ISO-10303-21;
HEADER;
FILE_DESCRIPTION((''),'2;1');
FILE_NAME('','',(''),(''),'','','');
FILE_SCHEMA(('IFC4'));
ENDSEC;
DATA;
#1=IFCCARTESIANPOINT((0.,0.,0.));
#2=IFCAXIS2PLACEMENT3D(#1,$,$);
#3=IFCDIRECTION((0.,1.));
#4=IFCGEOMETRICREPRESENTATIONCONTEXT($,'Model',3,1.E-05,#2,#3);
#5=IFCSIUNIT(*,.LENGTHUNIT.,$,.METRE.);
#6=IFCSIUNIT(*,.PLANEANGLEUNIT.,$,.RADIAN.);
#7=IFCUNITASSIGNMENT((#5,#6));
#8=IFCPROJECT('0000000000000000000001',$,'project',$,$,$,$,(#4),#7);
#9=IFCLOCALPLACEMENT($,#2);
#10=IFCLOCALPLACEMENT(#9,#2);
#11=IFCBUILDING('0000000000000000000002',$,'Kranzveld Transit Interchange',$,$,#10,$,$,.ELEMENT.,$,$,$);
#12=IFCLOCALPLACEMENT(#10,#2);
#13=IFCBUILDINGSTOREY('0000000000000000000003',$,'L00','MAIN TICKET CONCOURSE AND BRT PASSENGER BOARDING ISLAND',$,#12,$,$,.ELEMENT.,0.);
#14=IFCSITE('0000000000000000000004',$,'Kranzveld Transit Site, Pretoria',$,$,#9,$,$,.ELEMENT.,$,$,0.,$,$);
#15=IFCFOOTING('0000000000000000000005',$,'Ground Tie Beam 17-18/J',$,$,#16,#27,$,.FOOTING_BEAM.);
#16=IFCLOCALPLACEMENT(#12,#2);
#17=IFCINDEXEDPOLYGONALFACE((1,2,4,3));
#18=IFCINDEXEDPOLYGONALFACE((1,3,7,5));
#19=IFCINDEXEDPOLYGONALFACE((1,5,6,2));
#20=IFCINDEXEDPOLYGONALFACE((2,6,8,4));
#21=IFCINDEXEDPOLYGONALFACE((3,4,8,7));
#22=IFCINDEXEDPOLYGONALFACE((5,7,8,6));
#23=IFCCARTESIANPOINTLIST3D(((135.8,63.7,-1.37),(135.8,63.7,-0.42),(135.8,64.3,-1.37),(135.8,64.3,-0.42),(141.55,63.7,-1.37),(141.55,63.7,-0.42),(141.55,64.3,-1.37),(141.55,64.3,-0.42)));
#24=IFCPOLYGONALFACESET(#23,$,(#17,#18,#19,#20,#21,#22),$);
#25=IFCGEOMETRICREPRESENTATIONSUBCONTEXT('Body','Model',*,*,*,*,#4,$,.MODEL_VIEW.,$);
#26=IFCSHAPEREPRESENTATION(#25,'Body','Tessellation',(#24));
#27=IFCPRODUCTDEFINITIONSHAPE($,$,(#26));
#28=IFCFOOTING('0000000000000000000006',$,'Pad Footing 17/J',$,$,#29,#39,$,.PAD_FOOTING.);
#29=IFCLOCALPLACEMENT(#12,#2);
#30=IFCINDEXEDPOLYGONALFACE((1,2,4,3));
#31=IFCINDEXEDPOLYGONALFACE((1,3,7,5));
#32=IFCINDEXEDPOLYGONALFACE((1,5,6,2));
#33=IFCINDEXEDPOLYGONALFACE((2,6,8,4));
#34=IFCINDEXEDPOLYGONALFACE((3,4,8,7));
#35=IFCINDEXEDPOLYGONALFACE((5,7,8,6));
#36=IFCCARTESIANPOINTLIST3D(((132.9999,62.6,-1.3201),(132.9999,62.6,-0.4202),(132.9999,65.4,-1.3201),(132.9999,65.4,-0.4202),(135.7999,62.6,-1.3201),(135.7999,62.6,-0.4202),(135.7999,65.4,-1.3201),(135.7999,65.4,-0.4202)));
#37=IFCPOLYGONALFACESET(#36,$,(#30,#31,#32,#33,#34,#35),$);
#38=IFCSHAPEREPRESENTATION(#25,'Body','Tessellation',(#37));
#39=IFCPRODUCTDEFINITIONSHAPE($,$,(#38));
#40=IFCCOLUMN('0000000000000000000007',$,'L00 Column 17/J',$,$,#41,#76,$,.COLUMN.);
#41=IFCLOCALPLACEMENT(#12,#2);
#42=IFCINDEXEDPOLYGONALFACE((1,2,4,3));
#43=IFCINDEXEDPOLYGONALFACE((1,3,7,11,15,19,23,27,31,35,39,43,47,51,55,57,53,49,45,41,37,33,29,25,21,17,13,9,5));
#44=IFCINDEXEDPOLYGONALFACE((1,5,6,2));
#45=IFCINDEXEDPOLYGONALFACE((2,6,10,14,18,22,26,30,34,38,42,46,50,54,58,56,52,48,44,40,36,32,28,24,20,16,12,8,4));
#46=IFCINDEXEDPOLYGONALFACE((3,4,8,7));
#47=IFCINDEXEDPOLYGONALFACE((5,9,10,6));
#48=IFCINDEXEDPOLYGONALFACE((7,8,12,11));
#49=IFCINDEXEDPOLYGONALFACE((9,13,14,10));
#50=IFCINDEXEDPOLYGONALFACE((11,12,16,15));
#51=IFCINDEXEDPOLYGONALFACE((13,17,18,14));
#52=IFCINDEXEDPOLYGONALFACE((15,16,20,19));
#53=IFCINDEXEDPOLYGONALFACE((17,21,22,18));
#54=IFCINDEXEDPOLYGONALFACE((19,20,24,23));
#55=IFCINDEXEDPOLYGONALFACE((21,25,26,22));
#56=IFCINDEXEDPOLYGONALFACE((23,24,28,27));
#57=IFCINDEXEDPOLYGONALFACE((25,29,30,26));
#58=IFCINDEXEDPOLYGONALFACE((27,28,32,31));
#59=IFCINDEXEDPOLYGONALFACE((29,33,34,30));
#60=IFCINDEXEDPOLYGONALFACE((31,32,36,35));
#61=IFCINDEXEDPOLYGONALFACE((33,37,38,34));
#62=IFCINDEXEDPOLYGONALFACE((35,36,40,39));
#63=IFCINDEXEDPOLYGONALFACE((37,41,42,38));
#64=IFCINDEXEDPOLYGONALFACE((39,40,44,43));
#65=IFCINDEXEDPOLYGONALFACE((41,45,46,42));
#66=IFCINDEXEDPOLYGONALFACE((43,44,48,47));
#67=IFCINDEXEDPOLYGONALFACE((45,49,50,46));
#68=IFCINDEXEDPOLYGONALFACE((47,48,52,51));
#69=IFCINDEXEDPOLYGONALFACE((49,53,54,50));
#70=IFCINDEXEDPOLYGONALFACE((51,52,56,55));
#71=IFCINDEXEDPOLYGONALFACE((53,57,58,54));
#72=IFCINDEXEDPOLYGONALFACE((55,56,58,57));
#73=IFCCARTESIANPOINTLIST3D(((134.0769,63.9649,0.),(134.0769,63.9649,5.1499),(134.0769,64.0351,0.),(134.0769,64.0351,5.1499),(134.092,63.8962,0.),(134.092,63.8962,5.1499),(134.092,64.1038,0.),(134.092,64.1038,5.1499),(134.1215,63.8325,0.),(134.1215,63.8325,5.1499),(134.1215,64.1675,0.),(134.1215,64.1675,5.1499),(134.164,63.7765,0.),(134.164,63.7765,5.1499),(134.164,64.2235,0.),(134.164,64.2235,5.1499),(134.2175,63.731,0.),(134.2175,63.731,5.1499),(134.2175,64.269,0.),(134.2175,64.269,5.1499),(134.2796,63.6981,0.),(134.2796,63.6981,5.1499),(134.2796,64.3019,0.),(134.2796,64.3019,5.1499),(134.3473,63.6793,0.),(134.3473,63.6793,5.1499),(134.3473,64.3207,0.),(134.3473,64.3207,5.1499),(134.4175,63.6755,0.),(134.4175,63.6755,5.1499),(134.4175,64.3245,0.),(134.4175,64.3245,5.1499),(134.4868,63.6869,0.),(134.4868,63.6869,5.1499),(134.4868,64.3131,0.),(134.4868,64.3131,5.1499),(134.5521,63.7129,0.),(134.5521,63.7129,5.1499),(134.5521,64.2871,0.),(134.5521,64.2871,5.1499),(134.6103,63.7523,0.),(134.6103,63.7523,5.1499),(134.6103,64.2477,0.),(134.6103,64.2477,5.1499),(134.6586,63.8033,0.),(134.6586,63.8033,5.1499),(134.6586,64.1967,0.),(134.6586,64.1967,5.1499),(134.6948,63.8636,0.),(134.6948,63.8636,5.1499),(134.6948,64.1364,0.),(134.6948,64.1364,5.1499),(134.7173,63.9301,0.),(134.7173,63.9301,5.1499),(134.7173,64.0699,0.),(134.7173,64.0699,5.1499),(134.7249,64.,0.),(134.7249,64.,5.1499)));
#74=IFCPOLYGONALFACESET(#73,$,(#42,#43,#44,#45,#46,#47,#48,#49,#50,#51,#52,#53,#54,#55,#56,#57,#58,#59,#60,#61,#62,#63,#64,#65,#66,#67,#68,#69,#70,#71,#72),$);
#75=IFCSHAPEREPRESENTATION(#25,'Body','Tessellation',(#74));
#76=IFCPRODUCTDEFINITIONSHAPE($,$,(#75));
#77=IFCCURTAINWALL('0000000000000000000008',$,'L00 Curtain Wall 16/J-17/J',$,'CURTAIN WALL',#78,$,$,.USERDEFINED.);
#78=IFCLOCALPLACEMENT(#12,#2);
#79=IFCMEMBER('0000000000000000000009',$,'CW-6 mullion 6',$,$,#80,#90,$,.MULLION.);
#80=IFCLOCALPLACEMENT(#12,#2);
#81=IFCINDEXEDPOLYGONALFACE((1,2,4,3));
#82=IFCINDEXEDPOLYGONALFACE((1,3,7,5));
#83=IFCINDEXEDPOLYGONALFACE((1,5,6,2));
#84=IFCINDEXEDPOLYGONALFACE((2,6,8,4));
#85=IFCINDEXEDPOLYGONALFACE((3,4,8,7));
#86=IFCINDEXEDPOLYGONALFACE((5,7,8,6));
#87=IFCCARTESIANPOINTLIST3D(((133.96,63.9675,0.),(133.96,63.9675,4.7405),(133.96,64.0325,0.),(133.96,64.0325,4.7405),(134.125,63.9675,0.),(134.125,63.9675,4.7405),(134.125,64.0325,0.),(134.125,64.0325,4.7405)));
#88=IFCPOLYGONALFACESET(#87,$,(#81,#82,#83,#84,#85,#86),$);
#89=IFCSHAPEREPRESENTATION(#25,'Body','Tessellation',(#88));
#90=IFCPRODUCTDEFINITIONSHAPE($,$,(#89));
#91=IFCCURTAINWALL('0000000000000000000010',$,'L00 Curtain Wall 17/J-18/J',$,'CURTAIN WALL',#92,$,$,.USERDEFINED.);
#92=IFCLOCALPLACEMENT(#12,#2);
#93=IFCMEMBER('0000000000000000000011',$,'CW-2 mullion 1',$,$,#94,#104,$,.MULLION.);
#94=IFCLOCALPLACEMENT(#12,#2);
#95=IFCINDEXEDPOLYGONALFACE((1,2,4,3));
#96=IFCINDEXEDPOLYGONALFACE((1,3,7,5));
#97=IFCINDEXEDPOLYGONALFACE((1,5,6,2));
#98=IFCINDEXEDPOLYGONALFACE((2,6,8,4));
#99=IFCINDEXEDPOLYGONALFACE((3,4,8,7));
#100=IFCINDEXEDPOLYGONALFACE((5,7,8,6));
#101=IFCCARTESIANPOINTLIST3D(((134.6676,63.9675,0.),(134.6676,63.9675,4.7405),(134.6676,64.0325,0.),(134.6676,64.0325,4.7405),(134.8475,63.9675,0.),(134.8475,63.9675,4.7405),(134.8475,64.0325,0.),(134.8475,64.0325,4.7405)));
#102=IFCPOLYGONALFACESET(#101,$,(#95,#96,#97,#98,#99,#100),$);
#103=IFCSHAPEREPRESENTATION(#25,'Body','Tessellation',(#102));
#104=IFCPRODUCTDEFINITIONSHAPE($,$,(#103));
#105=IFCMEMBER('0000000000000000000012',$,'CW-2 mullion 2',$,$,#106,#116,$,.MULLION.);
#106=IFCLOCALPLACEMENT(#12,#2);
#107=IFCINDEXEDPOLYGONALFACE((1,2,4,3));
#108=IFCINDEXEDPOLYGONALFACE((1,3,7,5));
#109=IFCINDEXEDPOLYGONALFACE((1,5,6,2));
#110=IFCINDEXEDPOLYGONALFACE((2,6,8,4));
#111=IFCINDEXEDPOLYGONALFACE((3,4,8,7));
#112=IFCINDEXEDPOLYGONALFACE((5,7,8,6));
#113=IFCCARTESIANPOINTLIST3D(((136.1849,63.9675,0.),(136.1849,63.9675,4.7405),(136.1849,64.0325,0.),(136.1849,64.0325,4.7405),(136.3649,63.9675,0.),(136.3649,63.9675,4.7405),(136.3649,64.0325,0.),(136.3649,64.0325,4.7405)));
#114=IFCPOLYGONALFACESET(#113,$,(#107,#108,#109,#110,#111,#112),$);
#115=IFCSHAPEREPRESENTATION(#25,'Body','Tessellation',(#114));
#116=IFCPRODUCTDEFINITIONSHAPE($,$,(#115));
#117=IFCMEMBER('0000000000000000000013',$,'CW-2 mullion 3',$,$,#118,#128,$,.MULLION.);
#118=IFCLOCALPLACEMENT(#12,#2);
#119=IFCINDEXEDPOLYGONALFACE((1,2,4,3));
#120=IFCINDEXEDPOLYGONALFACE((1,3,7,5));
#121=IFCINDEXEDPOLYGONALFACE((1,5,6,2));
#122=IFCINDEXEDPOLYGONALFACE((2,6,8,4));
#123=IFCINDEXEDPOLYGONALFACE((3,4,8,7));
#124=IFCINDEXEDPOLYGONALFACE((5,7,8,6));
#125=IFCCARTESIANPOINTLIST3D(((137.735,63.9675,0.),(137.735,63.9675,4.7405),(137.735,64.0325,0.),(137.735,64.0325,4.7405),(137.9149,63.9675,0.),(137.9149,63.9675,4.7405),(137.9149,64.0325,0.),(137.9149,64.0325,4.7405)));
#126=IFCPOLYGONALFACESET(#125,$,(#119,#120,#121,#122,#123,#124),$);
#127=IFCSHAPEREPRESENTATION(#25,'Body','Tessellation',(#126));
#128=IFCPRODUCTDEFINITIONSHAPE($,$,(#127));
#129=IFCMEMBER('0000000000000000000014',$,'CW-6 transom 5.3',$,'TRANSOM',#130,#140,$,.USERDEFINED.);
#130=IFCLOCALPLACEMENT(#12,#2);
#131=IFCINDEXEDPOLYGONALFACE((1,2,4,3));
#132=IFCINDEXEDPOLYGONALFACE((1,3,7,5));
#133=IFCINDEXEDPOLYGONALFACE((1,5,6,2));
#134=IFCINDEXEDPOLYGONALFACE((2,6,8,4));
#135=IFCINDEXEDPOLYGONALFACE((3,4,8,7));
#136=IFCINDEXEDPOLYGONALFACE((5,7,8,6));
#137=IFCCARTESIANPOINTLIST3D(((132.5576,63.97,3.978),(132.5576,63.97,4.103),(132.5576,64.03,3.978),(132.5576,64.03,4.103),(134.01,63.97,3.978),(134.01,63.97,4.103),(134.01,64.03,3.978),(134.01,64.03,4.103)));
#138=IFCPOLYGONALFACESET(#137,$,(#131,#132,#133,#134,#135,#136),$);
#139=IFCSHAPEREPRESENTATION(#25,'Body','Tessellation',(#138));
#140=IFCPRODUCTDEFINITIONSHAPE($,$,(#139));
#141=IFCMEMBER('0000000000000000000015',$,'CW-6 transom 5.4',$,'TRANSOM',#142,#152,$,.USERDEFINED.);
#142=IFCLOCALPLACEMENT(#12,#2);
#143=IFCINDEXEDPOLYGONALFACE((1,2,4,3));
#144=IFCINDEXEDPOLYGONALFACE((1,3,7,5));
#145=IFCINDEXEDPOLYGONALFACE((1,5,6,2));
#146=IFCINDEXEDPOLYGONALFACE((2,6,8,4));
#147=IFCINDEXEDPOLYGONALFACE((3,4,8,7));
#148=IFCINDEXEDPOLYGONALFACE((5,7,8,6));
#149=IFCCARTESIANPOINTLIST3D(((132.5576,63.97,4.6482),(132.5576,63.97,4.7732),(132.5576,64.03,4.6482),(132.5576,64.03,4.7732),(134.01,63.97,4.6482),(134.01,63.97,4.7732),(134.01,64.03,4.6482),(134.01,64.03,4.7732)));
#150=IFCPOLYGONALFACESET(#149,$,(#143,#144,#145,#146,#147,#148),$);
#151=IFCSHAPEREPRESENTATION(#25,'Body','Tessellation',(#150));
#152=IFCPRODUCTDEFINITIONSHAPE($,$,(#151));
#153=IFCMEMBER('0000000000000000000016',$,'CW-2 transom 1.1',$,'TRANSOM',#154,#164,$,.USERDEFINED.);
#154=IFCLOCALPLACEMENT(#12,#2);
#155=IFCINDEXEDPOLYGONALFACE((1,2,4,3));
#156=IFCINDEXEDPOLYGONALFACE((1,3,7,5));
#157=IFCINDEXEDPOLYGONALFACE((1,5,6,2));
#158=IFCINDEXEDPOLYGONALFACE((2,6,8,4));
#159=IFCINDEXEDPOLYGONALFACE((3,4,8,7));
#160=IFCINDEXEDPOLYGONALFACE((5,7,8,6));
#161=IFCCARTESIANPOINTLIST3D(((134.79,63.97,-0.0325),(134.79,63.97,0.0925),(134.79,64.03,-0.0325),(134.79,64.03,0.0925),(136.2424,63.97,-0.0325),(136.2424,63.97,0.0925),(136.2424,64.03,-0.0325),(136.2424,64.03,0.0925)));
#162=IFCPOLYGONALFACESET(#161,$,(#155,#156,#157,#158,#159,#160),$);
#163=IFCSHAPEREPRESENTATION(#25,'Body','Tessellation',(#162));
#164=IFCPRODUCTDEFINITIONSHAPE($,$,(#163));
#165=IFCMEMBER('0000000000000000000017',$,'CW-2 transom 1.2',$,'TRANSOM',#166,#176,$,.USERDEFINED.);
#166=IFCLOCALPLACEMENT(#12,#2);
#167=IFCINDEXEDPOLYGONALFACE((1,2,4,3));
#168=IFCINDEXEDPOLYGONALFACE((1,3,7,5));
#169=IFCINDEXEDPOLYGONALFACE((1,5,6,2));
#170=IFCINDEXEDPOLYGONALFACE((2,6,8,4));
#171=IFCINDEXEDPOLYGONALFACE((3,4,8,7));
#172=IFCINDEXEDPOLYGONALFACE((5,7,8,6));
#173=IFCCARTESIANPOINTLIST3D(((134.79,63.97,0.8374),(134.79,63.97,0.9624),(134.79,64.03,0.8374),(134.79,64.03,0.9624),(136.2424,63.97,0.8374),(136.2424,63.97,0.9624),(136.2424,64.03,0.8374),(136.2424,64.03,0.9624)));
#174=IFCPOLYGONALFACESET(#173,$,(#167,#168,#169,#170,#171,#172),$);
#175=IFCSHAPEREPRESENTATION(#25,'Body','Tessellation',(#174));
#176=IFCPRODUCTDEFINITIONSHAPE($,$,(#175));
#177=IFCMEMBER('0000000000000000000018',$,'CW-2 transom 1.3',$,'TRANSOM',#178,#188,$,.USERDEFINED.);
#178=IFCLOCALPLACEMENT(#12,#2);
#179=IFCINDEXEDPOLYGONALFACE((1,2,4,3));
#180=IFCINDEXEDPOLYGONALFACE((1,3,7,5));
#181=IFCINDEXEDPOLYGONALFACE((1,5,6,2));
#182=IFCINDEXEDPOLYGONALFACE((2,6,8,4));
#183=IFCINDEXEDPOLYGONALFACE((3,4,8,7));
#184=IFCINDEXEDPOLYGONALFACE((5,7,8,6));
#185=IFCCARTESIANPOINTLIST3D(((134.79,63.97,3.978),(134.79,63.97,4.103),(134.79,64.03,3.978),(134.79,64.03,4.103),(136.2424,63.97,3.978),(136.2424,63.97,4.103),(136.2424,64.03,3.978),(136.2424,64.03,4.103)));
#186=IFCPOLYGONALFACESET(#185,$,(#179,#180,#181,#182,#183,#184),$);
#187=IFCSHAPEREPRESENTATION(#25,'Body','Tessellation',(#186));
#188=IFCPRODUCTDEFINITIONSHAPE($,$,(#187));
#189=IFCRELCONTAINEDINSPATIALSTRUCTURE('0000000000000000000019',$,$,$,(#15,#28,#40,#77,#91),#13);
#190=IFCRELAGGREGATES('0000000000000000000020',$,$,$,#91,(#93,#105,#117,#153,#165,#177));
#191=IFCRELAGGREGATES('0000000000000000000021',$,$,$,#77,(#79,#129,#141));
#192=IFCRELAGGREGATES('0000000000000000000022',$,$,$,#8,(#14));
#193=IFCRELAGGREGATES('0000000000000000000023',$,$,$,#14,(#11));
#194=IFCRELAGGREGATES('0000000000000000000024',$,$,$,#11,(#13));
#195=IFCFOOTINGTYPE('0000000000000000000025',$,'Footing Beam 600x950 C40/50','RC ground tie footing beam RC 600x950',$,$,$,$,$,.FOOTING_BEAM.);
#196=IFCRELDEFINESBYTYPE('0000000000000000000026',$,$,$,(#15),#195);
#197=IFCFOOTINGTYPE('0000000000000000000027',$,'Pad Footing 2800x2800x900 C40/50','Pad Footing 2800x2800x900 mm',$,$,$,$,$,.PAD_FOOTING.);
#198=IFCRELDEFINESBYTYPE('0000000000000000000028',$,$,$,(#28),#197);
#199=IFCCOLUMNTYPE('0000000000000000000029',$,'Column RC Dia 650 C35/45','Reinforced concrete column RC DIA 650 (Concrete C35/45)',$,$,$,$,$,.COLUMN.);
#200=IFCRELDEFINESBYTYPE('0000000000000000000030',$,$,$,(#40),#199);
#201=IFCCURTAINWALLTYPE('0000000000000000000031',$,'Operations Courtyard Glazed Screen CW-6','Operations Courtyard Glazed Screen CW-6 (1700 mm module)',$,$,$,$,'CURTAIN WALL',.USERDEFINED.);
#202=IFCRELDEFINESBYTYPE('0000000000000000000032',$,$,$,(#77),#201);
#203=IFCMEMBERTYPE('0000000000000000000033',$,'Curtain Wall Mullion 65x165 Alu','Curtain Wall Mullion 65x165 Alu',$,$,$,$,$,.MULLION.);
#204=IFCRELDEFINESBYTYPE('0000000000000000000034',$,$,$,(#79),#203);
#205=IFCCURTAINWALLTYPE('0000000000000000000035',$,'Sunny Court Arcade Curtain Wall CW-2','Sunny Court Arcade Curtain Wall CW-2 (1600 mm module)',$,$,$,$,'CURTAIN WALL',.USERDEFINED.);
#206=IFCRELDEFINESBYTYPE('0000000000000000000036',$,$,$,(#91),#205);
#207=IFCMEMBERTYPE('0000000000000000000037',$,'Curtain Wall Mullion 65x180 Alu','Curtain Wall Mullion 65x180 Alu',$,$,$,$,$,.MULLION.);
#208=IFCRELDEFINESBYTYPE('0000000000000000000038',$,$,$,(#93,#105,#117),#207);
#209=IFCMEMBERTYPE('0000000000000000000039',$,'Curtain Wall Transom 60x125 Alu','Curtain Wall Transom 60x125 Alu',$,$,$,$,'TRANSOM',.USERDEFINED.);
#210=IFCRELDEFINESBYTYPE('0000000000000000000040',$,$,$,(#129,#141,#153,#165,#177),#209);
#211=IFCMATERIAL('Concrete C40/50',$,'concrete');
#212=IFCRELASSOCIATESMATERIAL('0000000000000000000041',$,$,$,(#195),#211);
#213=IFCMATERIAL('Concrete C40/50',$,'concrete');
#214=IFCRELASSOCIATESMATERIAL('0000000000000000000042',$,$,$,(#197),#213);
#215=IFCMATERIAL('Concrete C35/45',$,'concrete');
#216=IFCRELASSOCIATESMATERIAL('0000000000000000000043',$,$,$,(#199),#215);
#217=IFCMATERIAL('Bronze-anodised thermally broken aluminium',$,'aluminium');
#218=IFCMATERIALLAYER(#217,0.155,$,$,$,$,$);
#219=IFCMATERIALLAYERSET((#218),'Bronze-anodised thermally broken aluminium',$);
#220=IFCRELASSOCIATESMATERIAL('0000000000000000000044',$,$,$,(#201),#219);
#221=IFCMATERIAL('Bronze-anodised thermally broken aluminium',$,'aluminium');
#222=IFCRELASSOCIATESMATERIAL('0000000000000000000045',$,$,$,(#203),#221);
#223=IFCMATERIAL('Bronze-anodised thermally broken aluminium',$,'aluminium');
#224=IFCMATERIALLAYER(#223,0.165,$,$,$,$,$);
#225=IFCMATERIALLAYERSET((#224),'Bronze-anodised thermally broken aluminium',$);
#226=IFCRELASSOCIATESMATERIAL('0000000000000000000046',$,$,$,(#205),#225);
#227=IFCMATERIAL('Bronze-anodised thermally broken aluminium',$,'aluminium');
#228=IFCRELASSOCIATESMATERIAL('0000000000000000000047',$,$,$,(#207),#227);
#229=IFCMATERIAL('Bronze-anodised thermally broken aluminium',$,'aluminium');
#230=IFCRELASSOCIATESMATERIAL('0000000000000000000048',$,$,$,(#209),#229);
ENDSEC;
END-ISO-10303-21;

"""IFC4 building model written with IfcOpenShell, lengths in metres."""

from ifc_helpers import new_model, si_unit, direction, frame, origin, origin_2d, place, context, subcontext, project, spatial, rectangle, circle, extrude, material, layer, layer_set, material_profile, profile_set, type_object, element, aggregate, save


model = new_model("IFC4")

# Units and contexts
model_context = context("Model", 3, precision=1e-05, world=origin(), true_north=direction((0.0, 1.0)))
body_context = subcontext(model_context, "Body", "Model", "MODEL_VIEW")
ifc_project = project(units=[si_unit("LENGTHUNIT", "METRE"), si_unit("PLANEANGLEUNIT", "RADIAN")], contexts=[model_context])

# Site, building, storey
site_placement = place(None, origin())
site = spatial("IfcSite", under=ifc_project, at=site_placement, Name="Kranzveld Transit Site, Pretoria", CompositionType="ELEMENT", RefElevation=0.0)
building_placement = place(site_placement, origin())
building = spatial("IfcBuilding", under=site, at=building_placement, Name="Kranzveld Transit Interchange", CompositionType="ELEMENT")
storey_placement = place(building_placement, origin())
storey = spatial("IfcBuildingStorey", under=building, at=storey_placement, Name="L00", Description="MAIN TICKET CONCOURSE AND BRT PASSENGER BOARDING ISLAND", CompositionType="ELEMENT", Elevation=0.0)

# Footings
ifc_material_1 = material(Name="Concrete C40/50", Category="concrete")
ifc_material_profile_1 = material_profile(ifc_material_1, rectangle(XDim=0.6001, YDim=0.95, at=origin_2d()), Name="RC 600x950")
ifc_profile_set_1 = profile_set([ifc_material_profile_1], Name="Concrete C40/50")
footing_type_1 = type_object("IfcFootingType", Name="Footing Beam 600x950 C40/50", Description="RC ground tie footing beam RC 600x950", PredefinedType="FOOTING_BEAM", material=ifc_profile_set_1)
footing_1_placement = place(storey_placement, frame((135.8, 64.0, -0.895), z_axis=(1.0, 0.0, 0.0), x_axis=(0.0, 1.0, 0.0)))
element("IfcFooting", 1, at=footing_1_placement, inside=storey, type_object=footing_type_1, Name="Ground Tie Beam 17-18/J", PredefinedType="FOOTING_BEAM", context=body_context, shape_type="SweptSolid", body=[
    extrude(rectangle(XDim=0.6001, YDim=0.95, at=origin_2d()), origin(), (0.0, 0.0, 1.0), 5.75),
])
ifc_material_2 = material(Name="Concrete C40/50", Category="concrete")
footing_type_2 = type_object("IfcFootingType", Name="Pad Footing 2800x2800x900 C40/50", Description="Pad Footing 2800x2800x900 mm", PredefinedType="PAD_FOOTING", material=ifc_material_2)
footing_2_placement = place(storey_placement, frame((134.3999, 64.0, -1.3201), z_axis=(0.0, 0.0, 1.0), x_axis=(1.0, 0.0, 0.0)))
element("IfcFooting", 2, at=footing_2_placement, inside=storey, type_object=footing_type_2, Name="Pad Footing 17/J", PredefinedType="PAD_FOOTING", context=body_context, shape_type="SweptSolid", body=[
    extrude(rectangle(XDim=2.8, YDim=2.8, at=origin_2d()), origin(), (0.0, 0.0, 1.0), 0.8999),
])

# Column
ifc_material_3 = material(Name="Concrete C35/45", Category="concrete")
ifc_material_profile_2 = material_profile(ifc_material_3, circle(Radius=0.325, at=origin_2d()), Name="RC DIA 650")
ifc_profile_set_2 = profile_set([ifc_material_profile_2], Name="Concrete C35/45")
column_type = type_object("IfcColumnType", Name="Column RC Dia 650 C35/45", Description="Reinforced concrete column RC DIA 650 (Concrete C35/45)", PredefinedType="COLUMN", material=ifc_profile_set_2)
column_placement = place(storey_placement, frame((134.3999, 64.0, 0.0), z_axis=(0.0, 0.0, 1.0), x_axis=(1.0, 0.0, 0.0)))
element("IfcColumn", 3, at=column_placement, inside=storey, type_object=column_type, Name="L00 Column 17/J", PredefinedType="COLUMN", context=body_context, shape_type="SweptSolid", body=[
    extrude(circle(Radius=0.325, at=origin_2d()), origin(), (0.0, 0.0, 1.0), 5.1499),
])

# Curtain wall, member
ifc_material_4 = material(Name="Bronze-anodised thermally broken aluminium", Category="aluminium")
ifc_layer_1 = layer(ifc_material_4, 0.155)
ifc_layer_set_1 = layer_set([ifc_layer_1], Name="Bronze-anodised thermally broken aluminium")
curtain_wall_type_1 = type_object("IfcCurtainWallType", Name="Operations Courtyard Glazed Screen CW-6", Description="Operations Courtyard Glazed Screen CW-6 (1700 mm module)", ElementType="CURTAIN WALL", PredefinedType="USERDEFINED", material=ifc_layer_set_1)
curtain_wall_1_placement = place(storey_placement, origin())
curtain_wall_1 = element("IfcCurtainWall", 4, at=curtain_wall_1_placement, inside=storey, type_object=curtain_wall_type_1, Name="L00 Curtain Wall 16/J-17/J", ObjectType="CURTAIN WALL", PredefinedType="USERDEFINED")
ifc_material_5 = material(Name="Bronze-anodised thermally broken aluminium", Category="aluminium")
ifc_material_profile_3 = material_profile(ifc_material_5, rectangle(XDim=0.0649, YDim=0.165, at=origin_2d()), Name="ALU MULLION 65x165")
ifc_profile_set_3 = profile_set([ifc_material_profile_3], Name="Bronze-anodised thermally broken aluminium")
member_type_1 = type_object("IfcMemberType", Name="Curtain Wall Mullion 65x165 Alu", Description="Curtain Wall Mullion 65x165 Alu", PredefinedType="MULLION", material=ifc_profile_set_3)
member_1_placement = place(storey_placement, frame((134.0425, 64.0, 0.0), z_axis=(0.0, 0.0, 1.0), x_axis=(0.0, 1.0, 0.0)))
member_1 = element("IfcMember", 5, at=member_1_placement, type_object=member_type_1, Name="CW-6 mullion 6", PredefinedType="MULLION", context=body_context, shape_type="SweptSolid", body=[
    extrude(rectangle(XDim=0.0649, YDim=0.165, at=origin_2d()), origin(), (0.0, 0.0, 1.0), 4.7405),
])

# Curtain wall, members
ifc_material_6 = material(Name="Bronze-anodised thermally broken aluminium", Category="aluminium")
ifc_layer_2 = layer(ifc_material_6, 0.165)
ifc_layer_set_2 = layer_set([ifc_layer_2], Name="Bronze-anodised thermally broken aluminium")
curtain_wall_type_2 = type_object("IfcCurtainWallType", Name="Sunny Court Arcade Curtain Wall CW-2", Description="Sunny Court Arcade Curtain Wall CW-2 (1600 mm module)", ElementType="CURTAIN WALL", PredefinedType="USERDEFINED", material=ifc_layer_set_2)
curtain_wall_2_placement = place(storey_placement, origin())
curtain_wall_2 = element("IfcCurtainWall", 6, at=curtain_wall_2_placement, inside=storey, type_object=curtain_wall_type_2, Name="L00 Curtain Wall 17/J-18/J", ObjectType="CURTAIN WALL", PredefinedType="USERDEFINED")
ifc_material_7 = material(Name="Bronze-anodised thermally broken aluminium", Category="aluminium")
ifc_material_profile_4 = material_profile(ifc_material_7, rectangle(XDim=0.0649, YDim=0.1799, at=origin_2d()), Name="ALU MULLION 65x180")
ifc_profile_set_4 = profile_set([ifc_material_profile_4], Name="Bronze-anodised thermally broken aluminium")
member_type_2 = type_object("IfcMemberType", Name="Curtain Wall Mullion 65x180 Alu", Description="Curtain Wall Mullion 65x180 Alu", PredefinedType="MULLION", material=ifc_profile_set_4)
member_2_placement = place(storey_placement, frame((134.7576, 64.0, 0.0), z_axis=(0.0, 0.0, 1.0), x_axis=(0.0, 1.0, 0.0)))
member_2 = element("IfcMember", 7, at=member_2_placement, type_object=member_type_2, Name="CW-2 mullion 1", PredefinedType="MULLION", context=body_context, shape_type="SweptSolid", body=[
    extrude(rectangle(XDim=0.0649, YDim=0.1799, at=origin_2d()), origin(), (0.0, 0.0, 1.0), 4.7405),
])
member_3_placement = place(storey_placement, frame((136.2749, 64.0, 0.0), z_axis=(0.0, 0.0, 1.0), x_axis=(0.0, 1.0, 0.0)))
member_3 = element("IfcMember", 8, at=member_3_placement, type_object=member_type_2, Name="CW-2 mullion 2", PredefinedType="MULLION", context=body_context, shape_type="SweptSolid", body=[
    extrude(rectangle(XDim=0.0649, YDim=0.1799, at=origin_2d()), origin(), (0.0, 0.0, 1.0), 4.7405),
])
member_4_placement = place(storey_placement, frame((137.825, 64.0, 0.0), z_axis=(0.0, 0.0, 1.0), x_axis=(0.0, 1.0, 0.0)))
member_4 = element("IfcMember", 9, at=member_4_placement, type_object=member_type_2, Name="CW-2 mullion 3", PredefinedType="MULLION", context=body_context, shape_type="SweptSolid", body=[
    extrude(rectangle(XDim=0.0649, YDim=0.1799, at=origin_2d()), origin(), (0.0, 0.0, 1.0), 4.7405),
])

# Members
ifc_material_8 = material(Name="Bronze-anodised thermally broken aluminium", Category="aluminium")
ifc_material_profile_5 = material_profile(ifc_material_8, rectangle(XDim=0.0601, YDim=0.125, at=origin_2d()), Name="ALU TRANSOM 60x125")
ifc_profile_set_5 = profile_set([ifc_material_profile_5], Name="Bronze-anodised thermally broken aluminium")
member_type_3 = type_object("IfcMemberType", Name="Curtain Wall Transom 60x125 Alu", Description="Curtain Wall Transom 60x125 Alu", ElementType="TRANSOM", PredefinedType="USERDEFINED", material=ifc_profile_set_5)
member_5_placement = place(storey_placement, frame((132.5576, 64.0, 4.0405), z_axis=(1.0, 0.0, 0.0), x_axis=(0.0, 1.0, 0.0)))
member_5 = element("IfcMember", 10, at=member_5_placement, type_object=member_type_3, Name="CW-6 transom 5.3", ObjectType="TRANSOM", PredefinedType="USERDEFINED", context=body_context, shape_type="SweptSolid", body=[
    extrude(rectangle(XDim=0.0601, YDim=0.125, at=origin_2d()), origin(), (0.0, 0.0, 1.0), 1.4524),
])
member_6_placement = place(storey_placement, frame((132.5576, 64.0, 4.7107), z_axis=(1.0, 0.0, 0.0), x_axis=(0.0, 1.0, 0.0)))
member_6 = element("IfcMember", 11, at=member_6_placement, type_object=member_type_3, Name="CW-6 transom 5.4", ObjectType="TRANSOM", PredefinedType="USERDEFINED", context=body_context, shape_type="SweptSolid", body=[
    extrude(rectangle(XDim=0.0601, YDim=0.125, at=origin_2d()), origin(), (0.0, 0.0, 1.0), 1.4524),
])
member_7_placement = place(storey_placement, frame((134.79, 64.0, 0.03), z_axis=(1.0, 0.0, 0.0), x_axis=(0.0, 1.0, 0.0)))
member_7 = element("IfcMember", 12, at=member_7_placement, type_object=member_type_3, Name="CW-2 transom 1.1", ObjectType="TRANSOM", PredefinedType="USERDEFINED", context=body_context, shape_type="SweptSolid", body=[
    extrude(rectangle(XDim=0.0601, YDim=0.125, at=origin_2d()), origin(), (0.0, 0.0, 1.0), 1.4524),
])
member_8_placement = place(storey_placement, frame((134.79, 64.0, 0.8999), z_axis=(1.0, 0.0, 0.0), x_axis=(0.0, 1.0, 0.0)))
member_8 = element("IfcMember", 13, at=member_8_placement, type_object=member_type_3, Name="CW-2 transom 1.2", ObjectType="TRANSOM", PredefinedType="USERDEFINED", context=body_context, shape_type="SweptSolid", body=[
    extrude(rectangle(XDim=0.0601, YDim=0.125, at=origin_2d()), origin(), (0.0, 0.0, 1.0), 1.4524),
])
member_9_placement = place(storey_placement, frame((134.79, 64.0, 4.0405), z_axis=(1.0, 0.0, 0.0), x_axis=(0.0, 1.0, 0.0)))
member_9 = element("IfcMember", 14, at=member_9_placement, type_object=member_type_3, Name="CW-2 transom 1.3", ObjectType="TRANSOM", PredefinedType="USERDEFINED", context=body_context, shape_type="SweptSolid", body=[
    extrude(rectangle(XDim=0.0601, YDim=0.125, at=origin_2d()), origin(), (0.0, 0.0, 1.0), 1.4524),
])

aggregate(curtain_wall_2, [member_2, member_3, member_4, member_7, member_8, member_9])
aggregate(curtain_wall_1, [member_1, member_5, member_6])

save(model, "model.ifc")
